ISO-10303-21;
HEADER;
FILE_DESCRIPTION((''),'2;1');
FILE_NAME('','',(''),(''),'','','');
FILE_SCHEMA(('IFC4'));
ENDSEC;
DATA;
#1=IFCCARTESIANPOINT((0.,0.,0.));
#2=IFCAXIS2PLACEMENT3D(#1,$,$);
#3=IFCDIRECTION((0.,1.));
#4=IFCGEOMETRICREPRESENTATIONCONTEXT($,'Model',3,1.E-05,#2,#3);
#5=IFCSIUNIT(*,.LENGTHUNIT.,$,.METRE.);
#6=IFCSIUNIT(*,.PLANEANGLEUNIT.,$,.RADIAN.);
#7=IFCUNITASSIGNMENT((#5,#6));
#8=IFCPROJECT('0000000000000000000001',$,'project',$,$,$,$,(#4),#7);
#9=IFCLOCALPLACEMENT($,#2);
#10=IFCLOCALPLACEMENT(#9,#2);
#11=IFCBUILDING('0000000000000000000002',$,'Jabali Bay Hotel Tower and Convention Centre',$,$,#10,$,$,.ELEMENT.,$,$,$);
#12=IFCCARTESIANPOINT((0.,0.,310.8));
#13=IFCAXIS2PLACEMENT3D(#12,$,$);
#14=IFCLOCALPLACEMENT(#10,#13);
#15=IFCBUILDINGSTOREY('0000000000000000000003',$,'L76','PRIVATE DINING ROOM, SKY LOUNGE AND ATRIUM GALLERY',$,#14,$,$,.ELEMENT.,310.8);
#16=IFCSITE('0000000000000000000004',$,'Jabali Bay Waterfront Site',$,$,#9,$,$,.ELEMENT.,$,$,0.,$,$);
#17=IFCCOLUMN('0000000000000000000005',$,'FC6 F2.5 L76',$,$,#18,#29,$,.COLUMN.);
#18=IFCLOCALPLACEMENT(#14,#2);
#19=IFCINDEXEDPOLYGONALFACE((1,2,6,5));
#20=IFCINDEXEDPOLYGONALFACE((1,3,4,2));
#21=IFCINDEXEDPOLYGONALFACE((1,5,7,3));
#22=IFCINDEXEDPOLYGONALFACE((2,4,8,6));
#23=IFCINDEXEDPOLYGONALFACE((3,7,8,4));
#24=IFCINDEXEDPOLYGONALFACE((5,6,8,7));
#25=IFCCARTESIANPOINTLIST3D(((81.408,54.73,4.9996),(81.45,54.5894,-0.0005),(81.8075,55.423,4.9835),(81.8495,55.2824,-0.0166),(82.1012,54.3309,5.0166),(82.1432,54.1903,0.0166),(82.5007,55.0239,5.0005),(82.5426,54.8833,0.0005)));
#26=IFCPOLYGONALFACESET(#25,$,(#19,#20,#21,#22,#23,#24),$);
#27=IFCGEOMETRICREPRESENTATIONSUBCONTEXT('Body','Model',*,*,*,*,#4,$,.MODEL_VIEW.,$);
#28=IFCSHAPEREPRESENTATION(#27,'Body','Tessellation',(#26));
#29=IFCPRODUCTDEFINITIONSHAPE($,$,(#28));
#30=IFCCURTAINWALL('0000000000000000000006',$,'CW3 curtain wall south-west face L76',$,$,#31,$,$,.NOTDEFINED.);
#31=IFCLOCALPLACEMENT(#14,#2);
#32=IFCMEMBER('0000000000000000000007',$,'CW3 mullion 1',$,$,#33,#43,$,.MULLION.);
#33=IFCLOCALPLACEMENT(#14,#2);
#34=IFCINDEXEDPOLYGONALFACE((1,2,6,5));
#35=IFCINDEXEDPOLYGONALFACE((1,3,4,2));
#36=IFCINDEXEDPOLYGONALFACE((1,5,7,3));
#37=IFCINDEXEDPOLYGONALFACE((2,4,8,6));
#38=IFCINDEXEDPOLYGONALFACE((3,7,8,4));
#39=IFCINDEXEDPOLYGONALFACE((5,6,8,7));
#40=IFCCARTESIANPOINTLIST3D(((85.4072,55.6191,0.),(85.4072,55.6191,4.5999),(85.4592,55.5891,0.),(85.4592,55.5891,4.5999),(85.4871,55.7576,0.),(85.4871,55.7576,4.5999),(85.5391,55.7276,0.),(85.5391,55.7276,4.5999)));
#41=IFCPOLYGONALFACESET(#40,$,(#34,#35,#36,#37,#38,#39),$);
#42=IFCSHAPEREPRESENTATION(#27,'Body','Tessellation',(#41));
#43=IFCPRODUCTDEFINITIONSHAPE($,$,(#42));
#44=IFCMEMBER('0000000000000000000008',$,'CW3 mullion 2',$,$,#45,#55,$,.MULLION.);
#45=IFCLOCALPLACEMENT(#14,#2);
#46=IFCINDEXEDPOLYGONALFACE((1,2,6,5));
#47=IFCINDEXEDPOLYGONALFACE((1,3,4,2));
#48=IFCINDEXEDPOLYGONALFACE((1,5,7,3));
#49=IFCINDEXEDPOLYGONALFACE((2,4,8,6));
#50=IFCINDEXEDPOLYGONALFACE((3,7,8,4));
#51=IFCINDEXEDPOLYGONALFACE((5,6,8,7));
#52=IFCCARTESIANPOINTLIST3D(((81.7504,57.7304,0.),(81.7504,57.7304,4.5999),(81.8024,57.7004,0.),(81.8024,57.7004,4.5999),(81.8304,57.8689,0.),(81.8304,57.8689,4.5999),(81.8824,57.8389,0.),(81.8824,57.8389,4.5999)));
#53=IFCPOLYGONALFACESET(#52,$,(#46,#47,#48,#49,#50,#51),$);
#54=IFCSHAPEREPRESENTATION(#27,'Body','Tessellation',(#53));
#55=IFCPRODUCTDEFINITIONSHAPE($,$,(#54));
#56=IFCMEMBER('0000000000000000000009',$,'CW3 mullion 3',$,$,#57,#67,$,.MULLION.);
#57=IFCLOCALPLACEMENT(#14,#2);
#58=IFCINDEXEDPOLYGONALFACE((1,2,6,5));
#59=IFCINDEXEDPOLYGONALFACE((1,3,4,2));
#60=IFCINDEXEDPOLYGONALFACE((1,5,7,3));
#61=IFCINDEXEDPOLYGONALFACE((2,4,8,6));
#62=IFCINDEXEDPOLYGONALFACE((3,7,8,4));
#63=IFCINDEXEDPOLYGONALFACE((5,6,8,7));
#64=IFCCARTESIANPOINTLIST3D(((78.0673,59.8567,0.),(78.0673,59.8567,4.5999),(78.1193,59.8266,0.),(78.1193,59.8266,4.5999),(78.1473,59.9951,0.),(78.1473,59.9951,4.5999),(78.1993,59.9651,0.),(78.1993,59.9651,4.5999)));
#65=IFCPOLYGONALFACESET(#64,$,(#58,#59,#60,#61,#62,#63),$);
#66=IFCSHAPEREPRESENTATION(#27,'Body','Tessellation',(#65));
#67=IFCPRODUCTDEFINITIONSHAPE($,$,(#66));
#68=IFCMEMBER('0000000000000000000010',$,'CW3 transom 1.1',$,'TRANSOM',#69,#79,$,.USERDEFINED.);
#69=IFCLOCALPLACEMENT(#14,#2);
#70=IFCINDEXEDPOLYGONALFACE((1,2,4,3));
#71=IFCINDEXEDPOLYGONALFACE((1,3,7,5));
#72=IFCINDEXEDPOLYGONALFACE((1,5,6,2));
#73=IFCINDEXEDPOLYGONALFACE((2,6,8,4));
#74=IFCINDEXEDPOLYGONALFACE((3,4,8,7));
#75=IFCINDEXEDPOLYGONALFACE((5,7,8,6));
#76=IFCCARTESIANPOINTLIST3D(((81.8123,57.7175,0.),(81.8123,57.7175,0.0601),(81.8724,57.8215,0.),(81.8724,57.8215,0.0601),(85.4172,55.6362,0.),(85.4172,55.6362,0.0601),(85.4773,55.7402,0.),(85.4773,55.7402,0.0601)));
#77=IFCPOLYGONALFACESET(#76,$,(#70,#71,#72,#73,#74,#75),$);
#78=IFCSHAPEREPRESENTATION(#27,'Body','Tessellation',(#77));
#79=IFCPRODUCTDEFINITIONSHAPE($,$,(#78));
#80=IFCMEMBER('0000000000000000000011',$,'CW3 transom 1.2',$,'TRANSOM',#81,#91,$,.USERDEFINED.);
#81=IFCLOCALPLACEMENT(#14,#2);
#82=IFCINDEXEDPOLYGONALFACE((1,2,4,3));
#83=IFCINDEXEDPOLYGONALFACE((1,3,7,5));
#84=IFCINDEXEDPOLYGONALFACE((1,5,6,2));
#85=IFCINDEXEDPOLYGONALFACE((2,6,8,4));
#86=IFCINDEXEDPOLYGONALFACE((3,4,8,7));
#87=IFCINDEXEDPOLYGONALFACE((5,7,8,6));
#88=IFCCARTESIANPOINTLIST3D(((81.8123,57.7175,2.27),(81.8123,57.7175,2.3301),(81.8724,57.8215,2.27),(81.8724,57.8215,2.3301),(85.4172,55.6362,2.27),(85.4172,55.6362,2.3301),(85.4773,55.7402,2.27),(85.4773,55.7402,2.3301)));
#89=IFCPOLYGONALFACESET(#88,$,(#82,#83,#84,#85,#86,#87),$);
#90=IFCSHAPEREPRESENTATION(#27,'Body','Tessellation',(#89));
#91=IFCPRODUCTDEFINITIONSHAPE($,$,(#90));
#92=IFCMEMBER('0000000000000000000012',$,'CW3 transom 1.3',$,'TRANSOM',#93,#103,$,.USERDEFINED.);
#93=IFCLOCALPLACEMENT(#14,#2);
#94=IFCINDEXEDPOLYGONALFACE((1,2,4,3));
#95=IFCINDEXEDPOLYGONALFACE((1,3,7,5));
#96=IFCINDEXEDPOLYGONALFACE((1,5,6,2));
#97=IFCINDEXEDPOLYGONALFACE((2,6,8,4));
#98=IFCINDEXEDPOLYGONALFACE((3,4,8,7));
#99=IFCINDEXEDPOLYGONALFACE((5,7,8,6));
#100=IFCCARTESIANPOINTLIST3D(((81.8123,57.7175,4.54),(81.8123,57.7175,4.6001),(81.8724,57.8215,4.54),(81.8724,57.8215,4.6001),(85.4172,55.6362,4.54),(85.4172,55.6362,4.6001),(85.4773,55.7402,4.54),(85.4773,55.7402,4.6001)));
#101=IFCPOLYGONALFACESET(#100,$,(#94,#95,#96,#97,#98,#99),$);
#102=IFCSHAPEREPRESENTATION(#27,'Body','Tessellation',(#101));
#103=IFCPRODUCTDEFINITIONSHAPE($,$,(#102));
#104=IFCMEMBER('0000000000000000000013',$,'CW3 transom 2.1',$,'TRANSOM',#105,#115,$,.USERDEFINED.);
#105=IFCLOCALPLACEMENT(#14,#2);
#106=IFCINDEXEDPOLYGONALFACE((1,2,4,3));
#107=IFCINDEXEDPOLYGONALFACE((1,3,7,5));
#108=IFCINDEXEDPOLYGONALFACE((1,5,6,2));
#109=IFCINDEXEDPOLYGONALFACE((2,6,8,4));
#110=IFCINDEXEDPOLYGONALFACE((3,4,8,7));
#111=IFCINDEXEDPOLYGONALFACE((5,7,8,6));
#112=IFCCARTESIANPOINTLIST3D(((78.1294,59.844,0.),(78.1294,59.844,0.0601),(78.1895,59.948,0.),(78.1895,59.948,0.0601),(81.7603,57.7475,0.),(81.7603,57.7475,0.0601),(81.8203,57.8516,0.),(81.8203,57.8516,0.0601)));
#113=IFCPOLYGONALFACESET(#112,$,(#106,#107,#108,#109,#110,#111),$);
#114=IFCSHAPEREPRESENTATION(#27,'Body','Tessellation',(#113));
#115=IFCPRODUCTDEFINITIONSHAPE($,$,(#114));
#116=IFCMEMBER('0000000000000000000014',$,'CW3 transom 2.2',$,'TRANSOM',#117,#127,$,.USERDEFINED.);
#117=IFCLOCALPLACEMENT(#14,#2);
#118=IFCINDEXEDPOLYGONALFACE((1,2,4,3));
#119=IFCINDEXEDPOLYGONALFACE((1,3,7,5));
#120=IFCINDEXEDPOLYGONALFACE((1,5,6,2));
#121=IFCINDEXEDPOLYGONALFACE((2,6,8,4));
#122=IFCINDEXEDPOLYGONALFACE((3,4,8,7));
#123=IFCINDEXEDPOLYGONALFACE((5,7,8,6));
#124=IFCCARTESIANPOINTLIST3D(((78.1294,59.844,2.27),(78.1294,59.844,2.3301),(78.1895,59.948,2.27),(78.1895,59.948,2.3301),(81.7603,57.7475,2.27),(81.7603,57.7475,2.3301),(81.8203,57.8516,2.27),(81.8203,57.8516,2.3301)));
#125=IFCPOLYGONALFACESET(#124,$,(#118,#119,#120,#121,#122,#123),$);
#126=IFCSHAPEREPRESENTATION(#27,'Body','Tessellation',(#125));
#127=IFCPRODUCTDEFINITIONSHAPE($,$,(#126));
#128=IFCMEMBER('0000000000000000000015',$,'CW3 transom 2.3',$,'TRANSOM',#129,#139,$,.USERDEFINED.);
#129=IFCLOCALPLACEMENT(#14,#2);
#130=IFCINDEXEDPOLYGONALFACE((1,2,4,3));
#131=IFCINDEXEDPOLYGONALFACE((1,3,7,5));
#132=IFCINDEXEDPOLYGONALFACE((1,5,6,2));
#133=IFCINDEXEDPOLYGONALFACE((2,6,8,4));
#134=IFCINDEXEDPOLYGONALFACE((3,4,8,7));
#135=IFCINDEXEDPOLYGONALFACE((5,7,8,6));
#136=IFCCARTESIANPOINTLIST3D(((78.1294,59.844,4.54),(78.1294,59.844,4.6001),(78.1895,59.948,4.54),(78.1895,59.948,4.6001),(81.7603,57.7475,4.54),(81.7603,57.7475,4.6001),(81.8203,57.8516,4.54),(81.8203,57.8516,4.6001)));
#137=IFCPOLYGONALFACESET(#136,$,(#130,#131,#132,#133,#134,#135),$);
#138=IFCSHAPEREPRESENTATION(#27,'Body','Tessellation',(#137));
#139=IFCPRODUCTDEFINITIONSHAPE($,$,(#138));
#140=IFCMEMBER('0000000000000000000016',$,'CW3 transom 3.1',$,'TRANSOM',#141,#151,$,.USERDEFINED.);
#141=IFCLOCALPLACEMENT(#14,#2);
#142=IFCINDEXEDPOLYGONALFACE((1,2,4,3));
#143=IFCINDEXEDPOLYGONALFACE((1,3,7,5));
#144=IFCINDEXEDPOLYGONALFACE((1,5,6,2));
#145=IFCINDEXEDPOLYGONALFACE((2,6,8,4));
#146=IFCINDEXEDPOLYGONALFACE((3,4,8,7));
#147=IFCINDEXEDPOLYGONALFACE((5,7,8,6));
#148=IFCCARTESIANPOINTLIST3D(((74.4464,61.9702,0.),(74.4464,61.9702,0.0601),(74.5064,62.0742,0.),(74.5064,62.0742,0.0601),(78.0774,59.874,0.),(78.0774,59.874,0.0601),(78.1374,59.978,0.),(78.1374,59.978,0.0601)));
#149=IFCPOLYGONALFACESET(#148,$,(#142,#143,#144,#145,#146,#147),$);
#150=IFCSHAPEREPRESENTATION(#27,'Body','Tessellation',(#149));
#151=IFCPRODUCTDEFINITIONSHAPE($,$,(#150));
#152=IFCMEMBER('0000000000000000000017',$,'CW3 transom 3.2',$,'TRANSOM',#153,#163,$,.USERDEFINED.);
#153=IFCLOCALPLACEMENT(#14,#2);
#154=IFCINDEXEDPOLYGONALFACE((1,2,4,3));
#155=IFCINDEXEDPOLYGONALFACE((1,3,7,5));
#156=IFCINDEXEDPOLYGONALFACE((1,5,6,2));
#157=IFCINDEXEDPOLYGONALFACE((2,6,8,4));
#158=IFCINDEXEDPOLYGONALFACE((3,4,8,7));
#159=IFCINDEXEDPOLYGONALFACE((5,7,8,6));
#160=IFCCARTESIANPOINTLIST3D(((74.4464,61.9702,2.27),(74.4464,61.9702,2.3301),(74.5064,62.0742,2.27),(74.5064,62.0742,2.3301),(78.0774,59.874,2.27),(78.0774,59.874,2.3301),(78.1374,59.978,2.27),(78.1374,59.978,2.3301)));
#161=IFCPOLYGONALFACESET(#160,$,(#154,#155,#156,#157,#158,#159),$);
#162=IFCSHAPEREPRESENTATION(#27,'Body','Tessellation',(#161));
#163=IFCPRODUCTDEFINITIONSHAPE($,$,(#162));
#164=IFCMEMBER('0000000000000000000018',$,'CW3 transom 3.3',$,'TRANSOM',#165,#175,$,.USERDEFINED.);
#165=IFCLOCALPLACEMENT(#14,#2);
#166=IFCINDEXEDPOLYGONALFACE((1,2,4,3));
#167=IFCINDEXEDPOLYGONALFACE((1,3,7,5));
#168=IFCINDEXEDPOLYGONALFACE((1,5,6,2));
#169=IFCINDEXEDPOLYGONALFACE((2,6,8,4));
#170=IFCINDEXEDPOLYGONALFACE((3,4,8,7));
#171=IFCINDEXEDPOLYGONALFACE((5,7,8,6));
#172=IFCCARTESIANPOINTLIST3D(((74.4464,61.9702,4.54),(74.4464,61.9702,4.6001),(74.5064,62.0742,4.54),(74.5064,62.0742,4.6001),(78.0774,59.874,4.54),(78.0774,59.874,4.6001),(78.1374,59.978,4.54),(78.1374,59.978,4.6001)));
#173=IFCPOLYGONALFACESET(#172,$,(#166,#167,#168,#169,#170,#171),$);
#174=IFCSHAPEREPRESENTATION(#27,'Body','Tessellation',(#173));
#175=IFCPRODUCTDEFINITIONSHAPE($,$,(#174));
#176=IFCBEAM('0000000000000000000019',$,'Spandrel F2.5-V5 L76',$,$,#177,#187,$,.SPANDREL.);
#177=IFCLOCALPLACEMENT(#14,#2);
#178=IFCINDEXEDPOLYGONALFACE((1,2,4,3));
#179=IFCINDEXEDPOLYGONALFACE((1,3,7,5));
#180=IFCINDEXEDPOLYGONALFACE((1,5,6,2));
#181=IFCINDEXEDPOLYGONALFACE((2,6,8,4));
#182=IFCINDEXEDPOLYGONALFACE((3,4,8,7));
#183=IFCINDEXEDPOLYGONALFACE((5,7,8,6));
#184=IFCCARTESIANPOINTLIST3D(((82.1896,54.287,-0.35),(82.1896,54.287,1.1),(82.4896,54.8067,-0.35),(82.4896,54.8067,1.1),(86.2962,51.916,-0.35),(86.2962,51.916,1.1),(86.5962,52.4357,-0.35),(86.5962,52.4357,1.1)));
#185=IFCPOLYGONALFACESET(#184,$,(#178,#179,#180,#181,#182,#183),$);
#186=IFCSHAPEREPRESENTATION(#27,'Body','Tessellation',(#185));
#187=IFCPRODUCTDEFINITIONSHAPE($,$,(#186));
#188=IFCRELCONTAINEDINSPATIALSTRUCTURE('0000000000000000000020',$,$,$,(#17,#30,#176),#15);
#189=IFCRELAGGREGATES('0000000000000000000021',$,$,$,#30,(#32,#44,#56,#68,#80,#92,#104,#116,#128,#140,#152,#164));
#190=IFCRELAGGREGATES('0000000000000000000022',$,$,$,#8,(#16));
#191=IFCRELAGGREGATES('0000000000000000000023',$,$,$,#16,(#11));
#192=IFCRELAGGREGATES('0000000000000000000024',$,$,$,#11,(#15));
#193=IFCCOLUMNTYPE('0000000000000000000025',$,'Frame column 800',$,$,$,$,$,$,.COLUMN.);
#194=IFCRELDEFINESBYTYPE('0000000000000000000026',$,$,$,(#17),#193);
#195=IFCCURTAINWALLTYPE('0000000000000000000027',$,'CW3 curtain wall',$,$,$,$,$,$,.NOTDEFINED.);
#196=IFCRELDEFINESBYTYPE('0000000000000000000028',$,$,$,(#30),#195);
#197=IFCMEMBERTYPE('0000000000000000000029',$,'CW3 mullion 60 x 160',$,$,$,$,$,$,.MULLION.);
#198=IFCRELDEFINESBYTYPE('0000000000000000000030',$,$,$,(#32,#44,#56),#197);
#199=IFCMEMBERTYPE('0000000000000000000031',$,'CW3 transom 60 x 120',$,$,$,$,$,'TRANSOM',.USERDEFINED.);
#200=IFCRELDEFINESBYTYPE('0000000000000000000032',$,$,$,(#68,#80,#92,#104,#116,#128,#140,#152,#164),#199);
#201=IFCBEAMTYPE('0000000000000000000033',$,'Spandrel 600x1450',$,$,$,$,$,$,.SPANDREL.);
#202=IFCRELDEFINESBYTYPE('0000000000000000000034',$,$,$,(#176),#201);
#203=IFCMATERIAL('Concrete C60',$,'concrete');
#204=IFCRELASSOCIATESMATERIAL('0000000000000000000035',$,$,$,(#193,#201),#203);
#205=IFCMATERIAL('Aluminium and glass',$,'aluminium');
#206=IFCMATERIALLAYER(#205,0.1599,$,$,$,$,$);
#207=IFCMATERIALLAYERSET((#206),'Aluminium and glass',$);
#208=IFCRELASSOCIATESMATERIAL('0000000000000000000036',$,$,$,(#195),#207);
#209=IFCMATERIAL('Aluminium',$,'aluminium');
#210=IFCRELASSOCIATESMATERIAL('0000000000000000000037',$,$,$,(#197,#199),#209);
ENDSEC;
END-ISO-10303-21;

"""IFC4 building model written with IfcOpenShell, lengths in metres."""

from ifc_helpers import new_model, si_unit, direction, frame, origin, origin_2d, place, context, subcontext, project, spatial, rectangle, extrude, material, layer, layer_set, material_profile, profile_set, type_object, element, aggregate, save


model = new_model("IFC4")

# Units and contexts
model_context = context("Model", 3, precision=1e-05, world=origin(), true_north=direction((0.0, 1.0)))
body_context = subcontext(model_context, "Body", "Model", "MODEL_VIEW")
ifc_project = project(units=[si_unit("LENGTHUNIT", "METRE"), si_unit("PLANEANGLEUNIT", "RADIAN")], contexts=[model_context])

# Site, building, storey
site_placement = place(None, origin())
site = spatial("IfcSite", under=ifc_project, at=site_placement, Name="Jabali Bay Waterfront Site", CompositionType="ELEMENT", RefElevation=0.0)
building_placement = place(site_placement, origin())
building = spatial("IfcBuilding", under=site, at=building_placement, Name="Jabali Bay Hotel Tower and Convention Centre", CompositionType="ELEMENT")
storey_placement = place(building_placement, frame((0.0, 0.0, 310.8)))
storey = spatial("IfcBuildingStorey", under=building, at=storey_placement, Name="L76", Description="PRIVATE DINING ROOM, SKY LOUNGE AND ATRIUM GALLERY", CompositionType="ELEMENT", Elevation=310.8)

# Column
ifc_material_1 = material(Name="Concrete C60", Category="concrete")
ifc_material_profile_1 = material_profile(ifc_material_1, rectangle(XDim=0.8, YDim=0.8, at=origin_2d()), Name="Frame column 800")
ifc_profile_set_1 = profile_set([ifc_material_profile_1], Name="Concrete C60")
column_type = type_object("IfcColumnType", Name="Frame column 800", PredefinedType="COLUMN", material=ifc_profile_set_1)
column_placement = place(storey_placement, frame((81.9963, 54.7363, 0.0), z_axis=(-0.008395, 0.028113, 0.99957), x_axis=(-0.499288, -0.866202, 0.020169)))
element("IfcColumn", 1, at=column_placement, inside=storey, type_object=column_type, Name="FC6 F2.5 L76", PredefinedType="COLUMN", context=body_context, shape_type="SweptSolid", body=[
    extrude(rectangle(XDim=0.8, YDim=0.8, at=origin_2d()), origin(), (0.0, 0.0, 1.0), 5.0022),
])

# Curtain wall, members
ifc_material_2 = material(Name="Aluminium and glass", Category="aluminium")
ifc_layer_1 = layer(ifc_material_2, 0.1599)
ifc_layer_set_1 = layer_set([ifc_layer_1], Name="Aluminium and glass")
curtain_wall_type = type_object("IfcCurtainWallType", Name="CW3 curtain wall", PredefinedType="NOTDEFINED", material=ifc_layer_set_1)
curtain_wall_placement = place(storey_placement, origin())
curtain_wall = element("IfcCurtainWall", 2, at=curtain_wall_placement, inside=storey, type_object=curtain_wall_type, Name="CW3 curtain wall south-west face L76", PredefinedType="NOTDEFINED")
ifc_material_3 = material(Name="Aluminium", Category="aluminium")
ifc_material_profile_2 = material_profile(ifc_material_3, rectangle(XDim=0.1599, YDim=0.0601, at=origin_2d()), Name="CW3 mullion 60 x 160")
ifc_profile_set_2 = profile_set([ifc_material_profile_2], Name="Aluminium")
member_type_1 = type_object("IfcMemberType", Name="CW3 mullion 60 x 160", PredefinedType="MULLION", material=ifc_profile_set_2)
member_1_placement = place(storey_placement, frame((85.4731, 55.6733, 0.0), z_axis=(0.0, 0.0, 1.0), x_axis=(-0.5, -0.866025, 0.0)))
member_1 = element("IfcMember", 3, at=member_1_placement, type_object=member_type_1, Name="CW3 mullion 1", PredefinedType="MULLION", context=body_context, shape_type="SweptSolid", body=[
    extrude(rectangle(XDim=0.1599, YDim=0.0601, at=origin_2d()), origin(), (0.0, 0.0, 1.0), 4.5999),
])
member_2_placement = place(storey_placement, frame((81.8164, 57.7847, 0.0), z_axis=(0.0, 0.0, 1.0), x_axis=(-0.5, -0.866025, 0.0)))
member_2 = element("IfcMember", 4, at=member_2_placement, type_object=member_type_1, Name="CW3 mullion 2", PredefinedType="MULLION", context=body_context, shape_type="SweptSolid", body=[
    extrude(rectangle(XDim=0.1599, YDim=0.0601, at=origin_2d()), origin(), (0.0, 0.0, 1.0), 4.5999),
])
member_3_placement = place(storey_placement, frame((78.1333, 59.9109, 0.0), z_axis=(0.0, 0.0, 1.0), x_axis=(-0.5, -0.866025, 0.0)))
member_3 = element("IfcMember", 5, at=member_3_placement, type_object=member_type_1, Name="CW3 mullion 3", PredefinedType="MULLION", context=body_context, shape_type="SweptSolid", body=[
    extrude(rectangle(XDim=0.1599, YDim=0.0601, at=origin_2d()), origin(), (0.0, 0.0, 1.0), 4.5999),
])
ifc_material_profile_3 = material_profile(ifc_material_3, rectangle(XDim=0.1201, YDim=0.0601, at=origin_2d()), Name="CW3 transom 60 x 120")
ifc_profile_set_3 = profile_set([ifc_material_profile_3], Name="Aluminium")
member_type_2 = type_object("IfcMemberType", Name="CW3 transom 60 x 120", ElementType="TRANSOM", PredefinedType="USERDEFINED", material=ifc_profile_set_3)
member_4_placement = place(storey_placement, frame((85.4473, 55.6882, 0.03), z_axis=(-0.866029, 0.499993, 0.0), x_axis=(-0.499993, -0.866029, 0.0)))
member_4 = element("IfcMember", 6, at=member_4_placement, type_object=member_type_2, Name="CW3 transom 1.1", ObjectType="TRANSOM", PredefinedType="USERDEFINED", context=body_context, shape_type="SweptSolid", body=[
    extrude(rectangle(XDim=0.1201, YDim=0.0601, at=origin_2d()), origin(), (0.0, 0.0, 1.0), 4.1626),
])
member_5_placement = place(storey_placement, frame((85.4473, 55.6882, 2.3), z_axis=(-0.866029, 0.499993, 0.0), x_axis=(-0.499993, -0.866029, 0.0)))
member_5 = element("IfcMember", 7, at=member_5_placement, type_object=member_type_2, Name="CW3 transom 1.2", ObjectType="TRANSOM", PredefinedType="USERDEFINED", context=body_context, shape_type="SweptSolid", body=[
    extrude(rectangle(XDim=0.1201, YDim=0.0601, at=origin_2d()), origin(), (0.0, 0.0, 1.0), 4.1626),
])
member_6_placement = place(storey_placement, frame((85.4473, 55.6882, 4.5701), z_axis=(-0.866029, 0.499993, 0.0), x_axis=(-0.499993, -0.866029, 0.0)))
member_6 = element("IfcMember", 8, at=member_6_placement, type_object=member_type_2, Name="CW3 transom 1.3", ObjectType="TRANSOM", PredefinedType="USERDEFINED", context=body_context, shape_type="SweptSolid", body=[
    extrude(rectangle(XDim=0.1201, YDim=0.0601, at=origin_2d()), origin(), (0.0, 0.0, 1.0), 4.1626),
])
member_7_placement = place(storey_placement, frame((81.7903, 57.7996, 0.03), z_axis=(-0.866009, 0.500028, 0.0), x_axis=(-0.500028, -0.866009, 0.0)))
member_7 = element("IfcMember", 9, at=member_7_placement, type_object=member_type_2, Name="CW3 transom 2.1", ObjectType="TRANSOM", PredefinedType="USERDEFINED", context=body_context, shape_type="SweptSolid", body=[
    extrude(rectangle(XDim=0.1201, YDim=0.0601, at=origin_2d()), origin(), (0.0, 0.0, 1.0), 4.1926),
])
member_8_placement = place(storey_placement, frame((81.7903, 57.7996, 2.3), z_axis=(-0.866009, 0.500028, 0.0), x_axis=(-0.500028, -0.866009, 0.0)))
member_8 = element("IfcMember", 10, at=member_8_placement, type_object=member_type_2, Name="CW3 transom 2.2", ObjectType="TRANSOM", PredefinedType="USERDEFINED", context=body_context, shape_type="SweptSolid", body=[
    extrude(rectangle(XDim=0.1201, YDim=0.0601, at=origin_2d()), origin(), (0.0, 0.0, 1.0), 4.1926),
])
member_9_placement = place(storey_placement, frame((81.7903, 57.7996, 4.5701), z_axis=(-0.866009, 0.500028, 0.0), x_axis=(-0.500028, -0.866009, 0.0)))
member_9 = element("IfcMember", 11, at=member_9_placement, type_object=member_type_2, Name="CW3 transom 2.3", ObjectType="TRANSOM", PredefinedType="USERDEFINED", context=body_context, shape_type="SweptSolid", body=[
    extrude(rectangle(XDim=0.1201, YDim=0.0601, at=origin_2d()), origin(), (0.0, 0.0, 1.0), 4.1926),
])
member_10_placement = place(storey_placement, frame((78.1074, 59.926, 0.03), z_axis=(-0.866049, 0.499959, 0.0), x_axis=(-0.499959, -0.866049, 0.0)))
member_10 = element("IfcMember", 12, at=member_10_placement, type_object=member_type_2, Name="CW3 transom 3.1", ObjectType="TRANSOM", PredefinedType="USERDEFINED", context=body_context, shape_type="SweptSolid", body=[
    extrude(rectangle(XDim=0.1201, YDim=0.0601, at=origin_2d()), origin(), (0.0, 0.0, 1.0), 4.1926),
])
member_11_placement = place(storey_placement, frame((78.1074, 59.926, 2.3), z_axis=(-0.866049, 0.499959, 0.0), x_axis=(-0.499959, -0.866049, 0.0)))
member_11 = element("IfcMember", 13, at=member_11_placement, type_object=member_type_2, Name="CW3 transom 3.2", ObjectType="TRANSOM", PredefinedType="USERDEFINED", context=body_context, shape_type="SweptSolid", body=[
    extrude(rectangle(XDim=0.1201, YDim=0.0601, at=origin_2d()), origin(), (0.0, 0.0, 1.0), 4.1926),
])
member_12_placement = place(storey_placement, frame((78.1074, 59.926, 4.5701), z_axis=(-0.866049, 0.499959, 0.0), x_axis=(-0.499959, -0.866049, 0.0)))
member_12 = element("IfcMember", 14, at=member_12_placement, type_object=member_type_2, Name="CW3 transom 3.3", ObjectType="TRANSOM", PredefinedType="USERDEFINED", context=body_context, shape_type="SweptSolid", body=[
    extrude(rectangle(XDim=0.1201, YDim=0.0601, at=origin_2d()), origin(), (0.0, 0.0, 1.0), 4.1926),
])

# Beam
ifc_material_profile_4 = material_profile(ifc_material_1, rectangle(XDim=0.6001, YDim=1.45, at=origin_2d()), Name="Spandrel 600x1450")
ifc_profile_set_4 = profile_set([ifc_material_profile_4], Name="Concrete C60")
beam_type = type_object("IfcBeamType", Name="Spandrel 600x1450", PredefinedType="SPANDREL", material=ifc_profile_set_4)
beam_placement = place(storey_placement, frame((82.3396, 54.5469, 0.375), z_axis=(0.866017, -0.500015, 0.0), x_axis=(0.500015, 0.866017, 0.0)))
element("IfcBeam", 15, at=beam_placement, inside=storey, type_object=beam_type, Name="Spandrel F2.5-V5 L76", PredefinedType="SPANDREL", context=body_context, shape_type="SweptSolid", body=[
    extrude(rectangle(XDim=0.6001, YDim=1.45, at=origin_2d()), origin(), (0.0, 0.0, 1.0), 4.7419),
])

aggregate(curtain_wall, [member_1, member_2, member_3, member_4, member_5, member_6, member_7, member_8, member_9, member_10, member_11, member_12])

save(model, "model.ifc")
